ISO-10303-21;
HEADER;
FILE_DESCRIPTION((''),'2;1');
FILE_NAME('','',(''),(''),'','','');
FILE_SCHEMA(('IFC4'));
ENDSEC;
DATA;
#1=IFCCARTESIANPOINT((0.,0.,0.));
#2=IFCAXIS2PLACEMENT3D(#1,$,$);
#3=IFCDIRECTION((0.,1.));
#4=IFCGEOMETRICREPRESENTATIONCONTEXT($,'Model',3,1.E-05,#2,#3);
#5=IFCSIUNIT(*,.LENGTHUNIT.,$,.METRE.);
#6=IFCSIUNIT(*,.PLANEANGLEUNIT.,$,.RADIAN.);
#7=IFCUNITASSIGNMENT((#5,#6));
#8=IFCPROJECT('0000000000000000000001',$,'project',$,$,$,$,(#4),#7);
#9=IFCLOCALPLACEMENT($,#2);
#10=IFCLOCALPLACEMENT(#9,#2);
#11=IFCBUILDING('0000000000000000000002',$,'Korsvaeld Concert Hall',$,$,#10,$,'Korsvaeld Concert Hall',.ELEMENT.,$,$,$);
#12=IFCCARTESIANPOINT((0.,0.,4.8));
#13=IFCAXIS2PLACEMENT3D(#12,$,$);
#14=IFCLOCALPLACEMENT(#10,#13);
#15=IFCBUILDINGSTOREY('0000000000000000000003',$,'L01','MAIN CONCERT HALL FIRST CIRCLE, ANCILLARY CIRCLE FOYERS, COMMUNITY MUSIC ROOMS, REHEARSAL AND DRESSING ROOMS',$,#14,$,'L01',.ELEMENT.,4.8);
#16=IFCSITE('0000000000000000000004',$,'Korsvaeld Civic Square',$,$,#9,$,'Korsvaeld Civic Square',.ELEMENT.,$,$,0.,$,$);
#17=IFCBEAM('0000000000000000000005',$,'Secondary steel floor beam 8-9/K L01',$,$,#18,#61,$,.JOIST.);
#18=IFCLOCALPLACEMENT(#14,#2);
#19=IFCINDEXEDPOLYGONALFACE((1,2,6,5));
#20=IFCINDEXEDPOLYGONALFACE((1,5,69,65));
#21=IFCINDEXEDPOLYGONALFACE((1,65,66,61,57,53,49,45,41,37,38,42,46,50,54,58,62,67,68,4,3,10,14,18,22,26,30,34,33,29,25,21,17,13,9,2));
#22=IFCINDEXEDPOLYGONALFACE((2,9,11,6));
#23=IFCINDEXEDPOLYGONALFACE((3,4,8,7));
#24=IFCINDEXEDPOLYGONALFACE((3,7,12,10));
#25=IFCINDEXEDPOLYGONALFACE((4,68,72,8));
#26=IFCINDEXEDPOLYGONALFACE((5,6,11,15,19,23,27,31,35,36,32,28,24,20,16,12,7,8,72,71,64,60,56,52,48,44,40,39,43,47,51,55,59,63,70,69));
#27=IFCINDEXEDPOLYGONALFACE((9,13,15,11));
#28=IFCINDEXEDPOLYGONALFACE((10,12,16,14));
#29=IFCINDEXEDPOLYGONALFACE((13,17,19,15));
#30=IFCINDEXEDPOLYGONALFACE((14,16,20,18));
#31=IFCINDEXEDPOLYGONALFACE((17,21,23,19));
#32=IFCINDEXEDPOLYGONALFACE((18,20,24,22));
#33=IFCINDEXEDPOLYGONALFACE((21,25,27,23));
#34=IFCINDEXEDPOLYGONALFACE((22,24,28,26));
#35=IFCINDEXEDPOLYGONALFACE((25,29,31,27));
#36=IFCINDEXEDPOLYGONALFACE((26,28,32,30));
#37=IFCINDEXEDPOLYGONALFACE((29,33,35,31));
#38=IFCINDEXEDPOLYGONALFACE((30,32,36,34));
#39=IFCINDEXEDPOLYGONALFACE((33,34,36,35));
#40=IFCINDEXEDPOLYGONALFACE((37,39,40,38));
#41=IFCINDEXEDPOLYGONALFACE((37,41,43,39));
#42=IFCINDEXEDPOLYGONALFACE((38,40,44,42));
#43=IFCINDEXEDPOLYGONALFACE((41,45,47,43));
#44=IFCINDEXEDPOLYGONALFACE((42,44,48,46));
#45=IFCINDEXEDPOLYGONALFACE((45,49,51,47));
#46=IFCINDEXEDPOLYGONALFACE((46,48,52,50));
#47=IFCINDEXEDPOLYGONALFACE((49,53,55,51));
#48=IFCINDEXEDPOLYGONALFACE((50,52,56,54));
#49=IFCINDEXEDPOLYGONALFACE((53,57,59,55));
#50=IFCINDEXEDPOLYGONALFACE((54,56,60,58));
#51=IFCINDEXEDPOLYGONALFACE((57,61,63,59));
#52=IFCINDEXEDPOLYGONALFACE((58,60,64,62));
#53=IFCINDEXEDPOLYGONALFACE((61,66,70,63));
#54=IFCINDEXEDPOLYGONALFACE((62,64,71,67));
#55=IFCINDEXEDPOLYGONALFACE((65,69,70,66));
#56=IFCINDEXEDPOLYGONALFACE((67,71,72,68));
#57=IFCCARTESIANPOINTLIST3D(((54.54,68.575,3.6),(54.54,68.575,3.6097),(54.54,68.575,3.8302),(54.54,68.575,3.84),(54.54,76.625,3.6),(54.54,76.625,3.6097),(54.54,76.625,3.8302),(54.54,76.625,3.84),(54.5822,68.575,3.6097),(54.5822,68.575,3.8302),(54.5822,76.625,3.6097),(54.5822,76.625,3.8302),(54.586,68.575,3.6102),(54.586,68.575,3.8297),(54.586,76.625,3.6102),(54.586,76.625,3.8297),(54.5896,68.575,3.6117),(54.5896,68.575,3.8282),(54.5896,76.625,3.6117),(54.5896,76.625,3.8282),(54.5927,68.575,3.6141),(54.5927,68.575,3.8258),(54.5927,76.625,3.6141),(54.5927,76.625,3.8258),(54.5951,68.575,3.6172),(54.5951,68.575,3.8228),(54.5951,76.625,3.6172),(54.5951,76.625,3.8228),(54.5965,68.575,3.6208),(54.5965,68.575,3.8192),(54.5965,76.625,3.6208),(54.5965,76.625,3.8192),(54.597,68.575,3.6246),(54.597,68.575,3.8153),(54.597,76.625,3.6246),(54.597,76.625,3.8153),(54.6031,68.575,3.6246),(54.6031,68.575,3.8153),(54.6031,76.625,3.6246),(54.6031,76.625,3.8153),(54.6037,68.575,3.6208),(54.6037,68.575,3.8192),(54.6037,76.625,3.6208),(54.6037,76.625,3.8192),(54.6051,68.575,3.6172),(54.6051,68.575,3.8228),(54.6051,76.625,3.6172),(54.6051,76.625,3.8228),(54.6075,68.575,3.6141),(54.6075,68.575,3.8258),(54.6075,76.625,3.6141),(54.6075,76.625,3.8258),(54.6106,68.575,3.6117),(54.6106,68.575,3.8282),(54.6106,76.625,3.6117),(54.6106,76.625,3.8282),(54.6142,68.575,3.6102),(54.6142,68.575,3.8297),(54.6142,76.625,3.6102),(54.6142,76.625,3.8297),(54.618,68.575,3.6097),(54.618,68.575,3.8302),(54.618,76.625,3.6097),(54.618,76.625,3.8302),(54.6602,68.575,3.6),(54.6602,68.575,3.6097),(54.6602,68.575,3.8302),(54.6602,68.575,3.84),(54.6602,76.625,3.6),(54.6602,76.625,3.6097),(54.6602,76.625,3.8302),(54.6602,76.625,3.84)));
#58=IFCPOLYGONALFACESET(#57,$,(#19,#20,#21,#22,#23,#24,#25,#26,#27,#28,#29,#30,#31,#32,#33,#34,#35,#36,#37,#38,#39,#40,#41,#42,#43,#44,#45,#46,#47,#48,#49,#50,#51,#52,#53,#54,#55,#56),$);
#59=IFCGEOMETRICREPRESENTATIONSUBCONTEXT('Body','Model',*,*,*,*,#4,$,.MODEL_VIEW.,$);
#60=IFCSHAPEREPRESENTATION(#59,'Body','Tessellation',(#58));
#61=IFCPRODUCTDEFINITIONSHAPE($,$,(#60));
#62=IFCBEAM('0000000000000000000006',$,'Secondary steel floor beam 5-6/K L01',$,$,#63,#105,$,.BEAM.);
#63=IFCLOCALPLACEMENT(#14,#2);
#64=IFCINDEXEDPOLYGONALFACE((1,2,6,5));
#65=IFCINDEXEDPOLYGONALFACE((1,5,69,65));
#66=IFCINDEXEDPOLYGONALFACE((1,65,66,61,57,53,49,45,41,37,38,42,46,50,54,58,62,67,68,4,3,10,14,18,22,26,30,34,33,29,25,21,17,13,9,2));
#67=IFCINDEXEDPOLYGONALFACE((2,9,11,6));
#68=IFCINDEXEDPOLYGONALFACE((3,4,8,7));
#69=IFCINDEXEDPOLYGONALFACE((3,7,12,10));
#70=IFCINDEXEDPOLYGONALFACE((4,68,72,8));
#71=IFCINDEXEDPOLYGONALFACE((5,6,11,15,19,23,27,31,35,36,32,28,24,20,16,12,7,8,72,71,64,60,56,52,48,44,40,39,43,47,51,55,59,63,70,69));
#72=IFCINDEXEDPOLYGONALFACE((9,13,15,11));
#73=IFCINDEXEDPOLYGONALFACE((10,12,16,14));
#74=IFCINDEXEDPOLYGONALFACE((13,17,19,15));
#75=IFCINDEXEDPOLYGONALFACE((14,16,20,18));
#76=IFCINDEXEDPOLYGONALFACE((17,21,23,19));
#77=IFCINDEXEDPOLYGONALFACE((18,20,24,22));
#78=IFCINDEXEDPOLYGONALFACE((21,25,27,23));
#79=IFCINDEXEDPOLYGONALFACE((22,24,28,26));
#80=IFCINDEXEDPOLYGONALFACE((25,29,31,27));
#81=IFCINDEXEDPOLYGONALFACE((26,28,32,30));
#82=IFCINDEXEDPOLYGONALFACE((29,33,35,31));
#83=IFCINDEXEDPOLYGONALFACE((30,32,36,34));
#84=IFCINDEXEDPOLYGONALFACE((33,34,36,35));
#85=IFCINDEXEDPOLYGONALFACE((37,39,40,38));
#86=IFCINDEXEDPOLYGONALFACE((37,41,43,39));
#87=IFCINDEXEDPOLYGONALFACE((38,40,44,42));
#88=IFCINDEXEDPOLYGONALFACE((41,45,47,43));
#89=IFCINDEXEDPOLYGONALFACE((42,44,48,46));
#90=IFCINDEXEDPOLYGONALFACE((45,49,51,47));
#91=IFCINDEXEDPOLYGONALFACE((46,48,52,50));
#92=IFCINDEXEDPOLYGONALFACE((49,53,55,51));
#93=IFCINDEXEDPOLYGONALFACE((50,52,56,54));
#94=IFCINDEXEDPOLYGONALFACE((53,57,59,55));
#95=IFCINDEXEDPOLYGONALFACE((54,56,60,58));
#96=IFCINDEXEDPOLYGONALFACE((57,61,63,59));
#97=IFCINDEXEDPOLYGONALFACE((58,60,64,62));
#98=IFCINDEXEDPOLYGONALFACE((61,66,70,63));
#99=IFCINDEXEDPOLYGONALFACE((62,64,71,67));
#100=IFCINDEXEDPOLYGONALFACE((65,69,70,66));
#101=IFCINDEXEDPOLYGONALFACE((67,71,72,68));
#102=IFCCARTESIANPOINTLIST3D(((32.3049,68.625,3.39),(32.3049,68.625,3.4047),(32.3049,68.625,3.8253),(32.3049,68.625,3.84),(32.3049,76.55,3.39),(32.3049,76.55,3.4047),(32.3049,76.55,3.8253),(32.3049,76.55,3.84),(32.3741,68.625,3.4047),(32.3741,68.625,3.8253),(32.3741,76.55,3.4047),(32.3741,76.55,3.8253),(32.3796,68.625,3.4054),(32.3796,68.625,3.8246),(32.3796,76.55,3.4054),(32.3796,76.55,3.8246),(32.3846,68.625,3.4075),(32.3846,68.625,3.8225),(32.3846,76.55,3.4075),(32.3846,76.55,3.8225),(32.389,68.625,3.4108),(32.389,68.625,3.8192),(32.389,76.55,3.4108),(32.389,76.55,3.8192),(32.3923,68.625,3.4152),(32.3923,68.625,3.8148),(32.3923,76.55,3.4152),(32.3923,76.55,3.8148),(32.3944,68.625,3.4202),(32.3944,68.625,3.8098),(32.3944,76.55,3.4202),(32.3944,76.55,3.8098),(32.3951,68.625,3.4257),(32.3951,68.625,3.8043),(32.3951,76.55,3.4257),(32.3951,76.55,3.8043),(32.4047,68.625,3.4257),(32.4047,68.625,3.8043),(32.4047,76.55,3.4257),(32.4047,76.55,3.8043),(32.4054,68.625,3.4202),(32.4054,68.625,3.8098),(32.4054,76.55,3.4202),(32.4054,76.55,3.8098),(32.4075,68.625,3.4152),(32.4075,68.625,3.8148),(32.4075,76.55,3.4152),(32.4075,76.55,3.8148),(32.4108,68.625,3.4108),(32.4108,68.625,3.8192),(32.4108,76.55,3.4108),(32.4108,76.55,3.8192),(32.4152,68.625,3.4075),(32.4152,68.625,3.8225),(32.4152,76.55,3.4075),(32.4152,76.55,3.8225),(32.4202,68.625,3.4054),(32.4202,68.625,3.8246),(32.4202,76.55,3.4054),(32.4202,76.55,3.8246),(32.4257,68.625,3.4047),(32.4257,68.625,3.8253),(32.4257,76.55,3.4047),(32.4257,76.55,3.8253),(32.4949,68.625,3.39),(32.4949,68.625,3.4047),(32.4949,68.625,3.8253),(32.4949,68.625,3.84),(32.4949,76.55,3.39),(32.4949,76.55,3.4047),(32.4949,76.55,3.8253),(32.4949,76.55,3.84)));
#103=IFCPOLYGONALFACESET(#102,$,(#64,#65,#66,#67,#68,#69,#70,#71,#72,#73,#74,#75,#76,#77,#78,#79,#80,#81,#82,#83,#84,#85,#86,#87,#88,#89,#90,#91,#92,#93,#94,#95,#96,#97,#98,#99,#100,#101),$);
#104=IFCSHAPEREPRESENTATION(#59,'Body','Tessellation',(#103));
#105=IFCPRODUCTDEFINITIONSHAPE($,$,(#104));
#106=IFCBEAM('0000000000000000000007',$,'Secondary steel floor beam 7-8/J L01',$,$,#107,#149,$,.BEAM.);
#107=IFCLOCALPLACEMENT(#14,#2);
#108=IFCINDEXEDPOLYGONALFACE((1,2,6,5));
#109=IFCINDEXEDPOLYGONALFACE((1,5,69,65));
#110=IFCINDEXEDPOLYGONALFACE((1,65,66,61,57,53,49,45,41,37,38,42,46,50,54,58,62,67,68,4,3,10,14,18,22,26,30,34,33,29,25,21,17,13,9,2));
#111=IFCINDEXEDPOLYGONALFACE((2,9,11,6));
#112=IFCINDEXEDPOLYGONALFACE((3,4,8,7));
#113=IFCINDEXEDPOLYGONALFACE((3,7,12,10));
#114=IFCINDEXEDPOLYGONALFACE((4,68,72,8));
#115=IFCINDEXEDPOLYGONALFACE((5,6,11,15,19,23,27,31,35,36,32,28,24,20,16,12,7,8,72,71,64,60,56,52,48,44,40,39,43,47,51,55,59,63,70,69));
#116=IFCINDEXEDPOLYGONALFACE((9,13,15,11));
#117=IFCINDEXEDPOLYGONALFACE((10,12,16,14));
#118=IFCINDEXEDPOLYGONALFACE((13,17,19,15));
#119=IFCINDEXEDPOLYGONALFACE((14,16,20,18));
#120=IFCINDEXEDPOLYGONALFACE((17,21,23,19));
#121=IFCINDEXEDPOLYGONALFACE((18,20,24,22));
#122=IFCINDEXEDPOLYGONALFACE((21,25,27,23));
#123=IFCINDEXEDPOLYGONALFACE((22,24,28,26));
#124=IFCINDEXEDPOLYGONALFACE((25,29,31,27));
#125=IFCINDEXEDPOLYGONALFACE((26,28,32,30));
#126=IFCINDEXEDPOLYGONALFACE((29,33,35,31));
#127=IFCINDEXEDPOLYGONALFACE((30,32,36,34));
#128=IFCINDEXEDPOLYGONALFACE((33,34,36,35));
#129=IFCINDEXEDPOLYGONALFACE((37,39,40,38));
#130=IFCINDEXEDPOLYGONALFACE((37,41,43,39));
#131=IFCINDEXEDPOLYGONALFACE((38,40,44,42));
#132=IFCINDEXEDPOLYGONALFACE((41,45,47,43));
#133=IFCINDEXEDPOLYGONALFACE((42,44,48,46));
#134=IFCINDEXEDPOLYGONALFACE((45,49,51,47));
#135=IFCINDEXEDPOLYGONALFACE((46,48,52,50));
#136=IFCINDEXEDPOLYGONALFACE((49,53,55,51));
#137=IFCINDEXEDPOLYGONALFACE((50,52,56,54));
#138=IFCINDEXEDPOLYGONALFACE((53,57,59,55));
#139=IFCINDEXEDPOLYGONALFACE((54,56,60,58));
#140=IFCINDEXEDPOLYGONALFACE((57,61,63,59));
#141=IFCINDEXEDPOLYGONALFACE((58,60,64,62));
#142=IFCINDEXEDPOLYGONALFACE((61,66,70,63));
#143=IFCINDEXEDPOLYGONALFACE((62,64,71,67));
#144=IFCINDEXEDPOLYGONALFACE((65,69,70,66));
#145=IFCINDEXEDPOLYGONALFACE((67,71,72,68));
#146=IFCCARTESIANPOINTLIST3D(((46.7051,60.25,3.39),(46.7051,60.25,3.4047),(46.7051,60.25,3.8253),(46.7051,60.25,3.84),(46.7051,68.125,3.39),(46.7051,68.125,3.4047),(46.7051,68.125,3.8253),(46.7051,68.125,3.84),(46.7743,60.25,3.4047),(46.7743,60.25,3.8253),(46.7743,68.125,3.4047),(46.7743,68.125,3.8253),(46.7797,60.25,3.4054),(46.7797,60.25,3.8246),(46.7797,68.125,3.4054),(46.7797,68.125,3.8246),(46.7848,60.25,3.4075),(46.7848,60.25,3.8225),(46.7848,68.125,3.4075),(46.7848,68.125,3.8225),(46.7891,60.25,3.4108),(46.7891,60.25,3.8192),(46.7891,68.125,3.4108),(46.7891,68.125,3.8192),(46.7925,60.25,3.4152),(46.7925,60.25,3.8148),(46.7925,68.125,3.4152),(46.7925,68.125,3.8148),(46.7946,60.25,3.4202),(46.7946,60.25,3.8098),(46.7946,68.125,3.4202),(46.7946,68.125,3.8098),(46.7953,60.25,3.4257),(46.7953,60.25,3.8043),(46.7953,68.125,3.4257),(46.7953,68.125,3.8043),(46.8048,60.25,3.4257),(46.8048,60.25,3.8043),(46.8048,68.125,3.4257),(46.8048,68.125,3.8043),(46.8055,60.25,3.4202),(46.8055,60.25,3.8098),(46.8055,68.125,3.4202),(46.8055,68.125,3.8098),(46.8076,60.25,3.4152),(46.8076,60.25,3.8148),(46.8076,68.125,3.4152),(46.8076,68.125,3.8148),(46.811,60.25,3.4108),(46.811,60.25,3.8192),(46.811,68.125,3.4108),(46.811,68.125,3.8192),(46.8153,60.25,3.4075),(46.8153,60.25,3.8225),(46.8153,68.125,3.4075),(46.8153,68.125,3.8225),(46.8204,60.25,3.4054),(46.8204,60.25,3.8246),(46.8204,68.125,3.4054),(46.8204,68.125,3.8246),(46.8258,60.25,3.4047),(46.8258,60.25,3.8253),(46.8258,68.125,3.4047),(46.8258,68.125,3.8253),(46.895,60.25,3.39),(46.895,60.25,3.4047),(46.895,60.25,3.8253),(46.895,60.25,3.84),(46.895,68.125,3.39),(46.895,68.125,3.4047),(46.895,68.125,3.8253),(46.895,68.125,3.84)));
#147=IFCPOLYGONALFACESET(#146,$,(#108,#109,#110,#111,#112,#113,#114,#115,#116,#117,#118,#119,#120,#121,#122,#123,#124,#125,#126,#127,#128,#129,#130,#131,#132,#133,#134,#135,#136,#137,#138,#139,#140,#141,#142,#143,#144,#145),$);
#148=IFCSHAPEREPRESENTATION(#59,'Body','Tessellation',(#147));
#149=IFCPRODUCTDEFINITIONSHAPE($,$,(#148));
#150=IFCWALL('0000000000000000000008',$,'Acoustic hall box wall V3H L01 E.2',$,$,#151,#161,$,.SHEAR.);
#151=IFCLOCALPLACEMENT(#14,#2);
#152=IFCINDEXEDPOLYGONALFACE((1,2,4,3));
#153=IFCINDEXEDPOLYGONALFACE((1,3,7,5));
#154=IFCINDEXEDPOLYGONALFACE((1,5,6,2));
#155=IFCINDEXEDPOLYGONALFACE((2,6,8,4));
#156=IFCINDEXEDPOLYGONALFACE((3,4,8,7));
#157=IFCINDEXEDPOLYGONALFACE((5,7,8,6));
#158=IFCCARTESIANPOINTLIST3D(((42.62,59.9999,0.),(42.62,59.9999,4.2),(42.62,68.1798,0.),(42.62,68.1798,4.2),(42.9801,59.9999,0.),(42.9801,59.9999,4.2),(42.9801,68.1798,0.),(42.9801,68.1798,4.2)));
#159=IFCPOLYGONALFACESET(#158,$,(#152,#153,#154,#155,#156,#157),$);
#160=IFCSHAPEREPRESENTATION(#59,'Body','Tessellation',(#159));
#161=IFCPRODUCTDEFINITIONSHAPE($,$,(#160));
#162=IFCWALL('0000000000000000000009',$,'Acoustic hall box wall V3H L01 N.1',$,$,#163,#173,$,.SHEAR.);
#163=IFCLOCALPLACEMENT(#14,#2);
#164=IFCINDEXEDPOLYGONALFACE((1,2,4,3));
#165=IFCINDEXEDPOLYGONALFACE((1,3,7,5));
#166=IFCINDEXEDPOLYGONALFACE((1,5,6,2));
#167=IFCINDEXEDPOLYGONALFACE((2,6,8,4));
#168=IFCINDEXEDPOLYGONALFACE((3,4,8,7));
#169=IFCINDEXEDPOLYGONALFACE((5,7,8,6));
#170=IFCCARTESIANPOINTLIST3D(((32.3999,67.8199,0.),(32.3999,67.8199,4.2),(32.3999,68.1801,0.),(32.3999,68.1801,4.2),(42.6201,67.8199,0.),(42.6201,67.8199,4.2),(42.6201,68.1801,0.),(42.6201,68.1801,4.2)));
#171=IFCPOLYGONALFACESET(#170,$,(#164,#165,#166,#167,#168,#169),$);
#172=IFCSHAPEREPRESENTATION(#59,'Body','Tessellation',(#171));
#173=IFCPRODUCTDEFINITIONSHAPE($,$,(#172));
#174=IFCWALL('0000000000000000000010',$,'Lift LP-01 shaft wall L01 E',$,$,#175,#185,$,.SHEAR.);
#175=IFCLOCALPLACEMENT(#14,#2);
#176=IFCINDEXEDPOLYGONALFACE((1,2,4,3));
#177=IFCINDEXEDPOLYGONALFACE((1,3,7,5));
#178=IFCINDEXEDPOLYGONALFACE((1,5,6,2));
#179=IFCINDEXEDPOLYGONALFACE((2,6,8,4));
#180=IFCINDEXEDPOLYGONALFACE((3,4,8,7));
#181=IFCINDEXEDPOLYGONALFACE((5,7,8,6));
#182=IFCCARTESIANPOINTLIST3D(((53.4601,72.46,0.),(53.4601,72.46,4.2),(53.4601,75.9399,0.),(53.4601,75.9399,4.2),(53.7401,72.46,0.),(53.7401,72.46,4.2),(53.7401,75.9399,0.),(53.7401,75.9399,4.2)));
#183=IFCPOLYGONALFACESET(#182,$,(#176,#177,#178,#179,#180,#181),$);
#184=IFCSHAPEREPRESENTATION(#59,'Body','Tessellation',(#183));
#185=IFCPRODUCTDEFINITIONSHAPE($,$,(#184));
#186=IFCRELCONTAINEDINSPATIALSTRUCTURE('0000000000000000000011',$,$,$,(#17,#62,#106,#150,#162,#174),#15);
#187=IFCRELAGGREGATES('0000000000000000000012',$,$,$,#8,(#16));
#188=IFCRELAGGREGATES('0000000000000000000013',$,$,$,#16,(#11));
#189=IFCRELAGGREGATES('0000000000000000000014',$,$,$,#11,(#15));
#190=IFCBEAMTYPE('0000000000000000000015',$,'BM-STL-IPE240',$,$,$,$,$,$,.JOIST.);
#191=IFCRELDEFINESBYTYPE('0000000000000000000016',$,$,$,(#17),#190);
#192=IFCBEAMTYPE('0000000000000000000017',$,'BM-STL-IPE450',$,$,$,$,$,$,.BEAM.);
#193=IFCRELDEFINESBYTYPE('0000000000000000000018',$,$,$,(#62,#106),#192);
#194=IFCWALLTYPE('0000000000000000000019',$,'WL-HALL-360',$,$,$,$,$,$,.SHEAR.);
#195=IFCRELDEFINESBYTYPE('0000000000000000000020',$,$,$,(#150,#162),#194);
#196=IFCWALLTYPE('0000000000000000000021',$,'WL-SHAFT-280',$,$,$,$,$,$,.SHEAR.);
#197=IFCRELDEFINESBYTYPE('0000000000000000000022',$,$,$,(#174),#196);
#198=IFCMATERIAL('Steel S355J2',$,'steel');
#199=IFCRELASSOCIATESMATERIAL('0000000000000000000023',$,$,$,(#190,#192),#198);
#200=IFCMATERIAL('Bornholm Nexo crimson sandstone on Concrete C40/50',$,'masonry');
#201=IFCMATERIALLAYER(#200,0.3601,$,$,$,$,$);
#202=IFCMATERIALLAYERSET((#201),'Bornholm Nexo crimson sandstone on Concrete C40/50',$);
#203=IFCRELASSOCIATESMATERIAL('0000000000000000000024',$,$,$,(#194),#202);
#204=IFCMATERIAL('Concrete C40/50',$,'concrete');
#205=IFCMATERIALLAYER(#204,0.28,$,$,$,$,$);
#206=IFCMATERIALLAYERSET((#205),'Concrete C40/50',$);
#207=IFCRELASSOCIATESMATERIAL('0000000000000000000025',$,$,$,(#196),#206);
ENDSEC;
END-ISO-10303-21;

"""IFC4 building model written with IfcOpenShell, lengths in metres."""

from ifc_helpers import new_model, si_unit, direction, frame, frame_2d, origin, origin_2d, place, context, subcontext, project, spatial, rectangle, i_section, extrude, material, layer, layer_set, material_profile, profile_set, type_object, element, save


model = new_model("IFC4")

# Units and contexts
model_context = context("Model", 3, precision=1e-05, world=origin(), true_north=direction((0.0, 1.0)))
body_context = subcontext(model_context, "Body", "Model", "MODEL_VIEW")
ifc_project = project(units=[si_unit("LENGTHUNIT", "METRE"), si_unit("PLANEANGLEUNIT", "RADIAN")], contexts=[model_context])

# Site, building, storey
site_placement = place(None, origin())
site = spatial("IfcSite", under=ifc_project, at=site_placement, Name="Korsvaeld Civic Square", LongName="Korsvaeld Civic Square", CompositionType="ELEMENT", RefElevation=0.0)
building_placement = place(site_placement, origin())
building = spatial("IfcBuilding", under=site, at=building_placement, Name="Korsvaeld Concert Hall", LongName="Korsvaeld Concert Hall", CompositionType="ELEMENT")
storey_placement = place(building_placement, frame((0.0, 0.0, 4.8)))
storey = spatial("IfcBuildingStorey", under=building, at=storey_placement, Name="L01", Description="MAIN CONCERT HALL FIRST CIRCLE, ANCILLARY CIRCLE FOYERS, COMMUNITY MUSIC ROOMS, REHEARSAL AND DRESSING ROOMS", LongName="L01", CompositionType="ELEMENT", Elevation=4.8)

# Shared definitions
ifc_material_1 = material(Name="Concrete C40/50", Category="concrete")

# Beams
ifc_material_2 = material(Name="Steel S355J2", Category="steel")
ifc_material_profile_1 = material_profile(ifc_material_2, i_section(OverallWidth=0.1201, OverallDepth=0.24, WebThickness=0.0061, FlangeThickness=0.0098, FilletRadius=0.0149, at=origin_2d()), Name="IPE 240")
ifc_profile_set_1 = profile_set([ifc_material_profile_1], Name="Steel S355J2")
beam_type_1 = type_object("IfcBeamType", Name="BM-STL-IPE240", PredefinedType="JOIST", material=ifc_profile_set_1)
beam_1_placement = place(storey_placement, frame((54.6001, 68.575, 3.72), z_axis=(0.0, 1.0, 0.0), x_axis=(-1.0, 0.0, 0.0)))
element("IfcBeam", 1, at=beam_1_placement, inside=storey, type_object=beam_type_1, Name="Secondary steel floor beam 8-9/K L01", PredefinedType="JOIST", context=body_context, shape_type="SweptSolid", body=[
    extrude(i_section(OverallWidth=0.1201, OverallDepth=0.24, WebThickness=0.0061, FlangeThickness=0.0098, FilletRadius=0.0149, at=origin_2d()), origin(), (0.0, 0.0, 1.0), 8.05),
])
ifc_material_profile_2 = material_profile(ifc_material_2, i_section(OverallWidth=0.1899, OverallDepth=0.45, WebThickness=0.0095, FlangeThickness=0.0146, FilletRadius=0.021, at=origin_2d()), Name="IPE 450")
ifc_profile_set_2 = profile_set([ifc_material_profile_2], Name="Steel S355J2")
beam_type_2 = type_object("IfcBeamType", Name="BM-STL-IPE450", PredefinedType="BEAM", material=ifc_profile_set_2)
beam_2_placement = place(storey_placement, frame((32.3999, 68.625, 3.615), z_axis=(0.0, 1.0, 0.0), x_axis=(-1.0, 0.0, 0.0)))
element("IfcBeam", 2, at=beam_2_placement, inside=storey, type_object=beam_type_2, Name="Secondary steel floor beam 5-6/K L01", PredefinedType="BEAM", context=body_context, shape_type="SweptSolid", body=[
    extrude(i_section(OverallWidth=0.1899, OverallDepth=0.45, WebThickness=0.0095, FlangeThickness=0.0146, FilletRadius=0.021, at=origin_2d()), origin(), (0.0, 0.0, 1.0), 7.925),
])
beam_3_placement = place(storey_placement, frame((46.8, 60.25, 3.615), z_axis=(0.0, 1.0, 0.0), x_axis=(-1.0, 0.0, 0.0)))
element("IfcBeam", 3, at=beam_3_placement, inside=storey, type_object=beam_type_2, Name="Secondary steel floor beam 7-8/J L01", PredefinedType="BEAM", context=body_context, shape_type="SweptSolid", body=[
    extrude(i_section(OverallWidth=0.1899, OverallDepth=0.45, WebThickness=0.0095, FlangeThickness=0.0146, FilletRadius=0.021, at=origin_2d()), origin(), (0.0, 0.0, 1.0), 7.875),
])

# Walls
ifc_material_3 = material(Name="Bornholm Nexo crimson sandstone on Concrete C40/50", Category="masonry")
ifc_layer_1 = layer(ifc_material_3, 0.3601)
ifc_layer_set_1 = layer_set([ifc_layer_1], Name="Bornholm Nexo crimson sandstone on Concrete C40/50")
wall_type_1 = type_object("IfcWallType", Name="WL-HALL-360", PredefinedType="SHEAR", material=ifc_layer_set_1)
wall_1_placement = place(storey_placement, frame((42.8, 60.0, 0.0), z_axis=(0.0, 0.0, 1.0), x_axis=(0.0, 1.0, 0.0)))
element("IfcWall", 4, at=wall_1_placement, inside=storey, type_object=wall_type_1, Name="Acoustic hall box wall V3H L01 E.2", PredefinedType="SHEAR", context=body_context, shape_type="SweptSolid", body=[
    extrude(rectangle(XDim=8.1799, YDim=0.3601, at=frame_2d((4.0898, 0.0))), origin(), (0.0, 0.0, 1.0), 4.2),
])
wall_2_placement = place(storey_placement, frame((42.6201, 68.0, 0.0), z_axis=(0.0, 0.0, 1.0), x_axis=(-1.0, 0.0, 0.0)))
element("IfcWall", 5, at=wall_2_placement, inside=storey, type_object=wall_type_1, Name="Acoustic hall box wall V3H L01 N.1", PredefinedType="SHEAR", context=body_context, shape_type="SweptSolid", body=[
    extrude(rectangle(XDim=10.2202, YDim=0.3601, at=frame_2d((5.1101, 0.0))), origin(), (0.0, 0.0, 1.0), 4.2),
])

# Shared definitions
ifc_layer_2 = layer(ifc_material_1, 0.28)
ifc_layer_set_2 = layer_set([ifc_layer_2], Name="Concrete C40/50")
wall_type_2 = type_object("IfcWallType", Name="WL-SHAFT-280", PredefinedType="SHEAR", material=ifc_layer_set_2)

# Wall
wall_3_placement = place(storey_placement, frame((53.6001, 72.46, 0.0), z_axis=(0.0, 0.0, 1.0), x_axis=(0.0, 1.0, 0.0)))
element("IfcWall", 6, at=wall_3_placement, inside=storey, type_object=wall_type_2, Name="Lift LP-01 shaft wall L01 E", PredefinedType="SHEAR", context=body_context, shape_type="SweptSolid", body=[
    extrude(rectangle(XDim=3.48, YDim=0.28, at=frame_2d((1.74, 0.0))), origin(), (0.0, 0.0, 1.0), 4.2),
])

save(model, "model.ifc")
